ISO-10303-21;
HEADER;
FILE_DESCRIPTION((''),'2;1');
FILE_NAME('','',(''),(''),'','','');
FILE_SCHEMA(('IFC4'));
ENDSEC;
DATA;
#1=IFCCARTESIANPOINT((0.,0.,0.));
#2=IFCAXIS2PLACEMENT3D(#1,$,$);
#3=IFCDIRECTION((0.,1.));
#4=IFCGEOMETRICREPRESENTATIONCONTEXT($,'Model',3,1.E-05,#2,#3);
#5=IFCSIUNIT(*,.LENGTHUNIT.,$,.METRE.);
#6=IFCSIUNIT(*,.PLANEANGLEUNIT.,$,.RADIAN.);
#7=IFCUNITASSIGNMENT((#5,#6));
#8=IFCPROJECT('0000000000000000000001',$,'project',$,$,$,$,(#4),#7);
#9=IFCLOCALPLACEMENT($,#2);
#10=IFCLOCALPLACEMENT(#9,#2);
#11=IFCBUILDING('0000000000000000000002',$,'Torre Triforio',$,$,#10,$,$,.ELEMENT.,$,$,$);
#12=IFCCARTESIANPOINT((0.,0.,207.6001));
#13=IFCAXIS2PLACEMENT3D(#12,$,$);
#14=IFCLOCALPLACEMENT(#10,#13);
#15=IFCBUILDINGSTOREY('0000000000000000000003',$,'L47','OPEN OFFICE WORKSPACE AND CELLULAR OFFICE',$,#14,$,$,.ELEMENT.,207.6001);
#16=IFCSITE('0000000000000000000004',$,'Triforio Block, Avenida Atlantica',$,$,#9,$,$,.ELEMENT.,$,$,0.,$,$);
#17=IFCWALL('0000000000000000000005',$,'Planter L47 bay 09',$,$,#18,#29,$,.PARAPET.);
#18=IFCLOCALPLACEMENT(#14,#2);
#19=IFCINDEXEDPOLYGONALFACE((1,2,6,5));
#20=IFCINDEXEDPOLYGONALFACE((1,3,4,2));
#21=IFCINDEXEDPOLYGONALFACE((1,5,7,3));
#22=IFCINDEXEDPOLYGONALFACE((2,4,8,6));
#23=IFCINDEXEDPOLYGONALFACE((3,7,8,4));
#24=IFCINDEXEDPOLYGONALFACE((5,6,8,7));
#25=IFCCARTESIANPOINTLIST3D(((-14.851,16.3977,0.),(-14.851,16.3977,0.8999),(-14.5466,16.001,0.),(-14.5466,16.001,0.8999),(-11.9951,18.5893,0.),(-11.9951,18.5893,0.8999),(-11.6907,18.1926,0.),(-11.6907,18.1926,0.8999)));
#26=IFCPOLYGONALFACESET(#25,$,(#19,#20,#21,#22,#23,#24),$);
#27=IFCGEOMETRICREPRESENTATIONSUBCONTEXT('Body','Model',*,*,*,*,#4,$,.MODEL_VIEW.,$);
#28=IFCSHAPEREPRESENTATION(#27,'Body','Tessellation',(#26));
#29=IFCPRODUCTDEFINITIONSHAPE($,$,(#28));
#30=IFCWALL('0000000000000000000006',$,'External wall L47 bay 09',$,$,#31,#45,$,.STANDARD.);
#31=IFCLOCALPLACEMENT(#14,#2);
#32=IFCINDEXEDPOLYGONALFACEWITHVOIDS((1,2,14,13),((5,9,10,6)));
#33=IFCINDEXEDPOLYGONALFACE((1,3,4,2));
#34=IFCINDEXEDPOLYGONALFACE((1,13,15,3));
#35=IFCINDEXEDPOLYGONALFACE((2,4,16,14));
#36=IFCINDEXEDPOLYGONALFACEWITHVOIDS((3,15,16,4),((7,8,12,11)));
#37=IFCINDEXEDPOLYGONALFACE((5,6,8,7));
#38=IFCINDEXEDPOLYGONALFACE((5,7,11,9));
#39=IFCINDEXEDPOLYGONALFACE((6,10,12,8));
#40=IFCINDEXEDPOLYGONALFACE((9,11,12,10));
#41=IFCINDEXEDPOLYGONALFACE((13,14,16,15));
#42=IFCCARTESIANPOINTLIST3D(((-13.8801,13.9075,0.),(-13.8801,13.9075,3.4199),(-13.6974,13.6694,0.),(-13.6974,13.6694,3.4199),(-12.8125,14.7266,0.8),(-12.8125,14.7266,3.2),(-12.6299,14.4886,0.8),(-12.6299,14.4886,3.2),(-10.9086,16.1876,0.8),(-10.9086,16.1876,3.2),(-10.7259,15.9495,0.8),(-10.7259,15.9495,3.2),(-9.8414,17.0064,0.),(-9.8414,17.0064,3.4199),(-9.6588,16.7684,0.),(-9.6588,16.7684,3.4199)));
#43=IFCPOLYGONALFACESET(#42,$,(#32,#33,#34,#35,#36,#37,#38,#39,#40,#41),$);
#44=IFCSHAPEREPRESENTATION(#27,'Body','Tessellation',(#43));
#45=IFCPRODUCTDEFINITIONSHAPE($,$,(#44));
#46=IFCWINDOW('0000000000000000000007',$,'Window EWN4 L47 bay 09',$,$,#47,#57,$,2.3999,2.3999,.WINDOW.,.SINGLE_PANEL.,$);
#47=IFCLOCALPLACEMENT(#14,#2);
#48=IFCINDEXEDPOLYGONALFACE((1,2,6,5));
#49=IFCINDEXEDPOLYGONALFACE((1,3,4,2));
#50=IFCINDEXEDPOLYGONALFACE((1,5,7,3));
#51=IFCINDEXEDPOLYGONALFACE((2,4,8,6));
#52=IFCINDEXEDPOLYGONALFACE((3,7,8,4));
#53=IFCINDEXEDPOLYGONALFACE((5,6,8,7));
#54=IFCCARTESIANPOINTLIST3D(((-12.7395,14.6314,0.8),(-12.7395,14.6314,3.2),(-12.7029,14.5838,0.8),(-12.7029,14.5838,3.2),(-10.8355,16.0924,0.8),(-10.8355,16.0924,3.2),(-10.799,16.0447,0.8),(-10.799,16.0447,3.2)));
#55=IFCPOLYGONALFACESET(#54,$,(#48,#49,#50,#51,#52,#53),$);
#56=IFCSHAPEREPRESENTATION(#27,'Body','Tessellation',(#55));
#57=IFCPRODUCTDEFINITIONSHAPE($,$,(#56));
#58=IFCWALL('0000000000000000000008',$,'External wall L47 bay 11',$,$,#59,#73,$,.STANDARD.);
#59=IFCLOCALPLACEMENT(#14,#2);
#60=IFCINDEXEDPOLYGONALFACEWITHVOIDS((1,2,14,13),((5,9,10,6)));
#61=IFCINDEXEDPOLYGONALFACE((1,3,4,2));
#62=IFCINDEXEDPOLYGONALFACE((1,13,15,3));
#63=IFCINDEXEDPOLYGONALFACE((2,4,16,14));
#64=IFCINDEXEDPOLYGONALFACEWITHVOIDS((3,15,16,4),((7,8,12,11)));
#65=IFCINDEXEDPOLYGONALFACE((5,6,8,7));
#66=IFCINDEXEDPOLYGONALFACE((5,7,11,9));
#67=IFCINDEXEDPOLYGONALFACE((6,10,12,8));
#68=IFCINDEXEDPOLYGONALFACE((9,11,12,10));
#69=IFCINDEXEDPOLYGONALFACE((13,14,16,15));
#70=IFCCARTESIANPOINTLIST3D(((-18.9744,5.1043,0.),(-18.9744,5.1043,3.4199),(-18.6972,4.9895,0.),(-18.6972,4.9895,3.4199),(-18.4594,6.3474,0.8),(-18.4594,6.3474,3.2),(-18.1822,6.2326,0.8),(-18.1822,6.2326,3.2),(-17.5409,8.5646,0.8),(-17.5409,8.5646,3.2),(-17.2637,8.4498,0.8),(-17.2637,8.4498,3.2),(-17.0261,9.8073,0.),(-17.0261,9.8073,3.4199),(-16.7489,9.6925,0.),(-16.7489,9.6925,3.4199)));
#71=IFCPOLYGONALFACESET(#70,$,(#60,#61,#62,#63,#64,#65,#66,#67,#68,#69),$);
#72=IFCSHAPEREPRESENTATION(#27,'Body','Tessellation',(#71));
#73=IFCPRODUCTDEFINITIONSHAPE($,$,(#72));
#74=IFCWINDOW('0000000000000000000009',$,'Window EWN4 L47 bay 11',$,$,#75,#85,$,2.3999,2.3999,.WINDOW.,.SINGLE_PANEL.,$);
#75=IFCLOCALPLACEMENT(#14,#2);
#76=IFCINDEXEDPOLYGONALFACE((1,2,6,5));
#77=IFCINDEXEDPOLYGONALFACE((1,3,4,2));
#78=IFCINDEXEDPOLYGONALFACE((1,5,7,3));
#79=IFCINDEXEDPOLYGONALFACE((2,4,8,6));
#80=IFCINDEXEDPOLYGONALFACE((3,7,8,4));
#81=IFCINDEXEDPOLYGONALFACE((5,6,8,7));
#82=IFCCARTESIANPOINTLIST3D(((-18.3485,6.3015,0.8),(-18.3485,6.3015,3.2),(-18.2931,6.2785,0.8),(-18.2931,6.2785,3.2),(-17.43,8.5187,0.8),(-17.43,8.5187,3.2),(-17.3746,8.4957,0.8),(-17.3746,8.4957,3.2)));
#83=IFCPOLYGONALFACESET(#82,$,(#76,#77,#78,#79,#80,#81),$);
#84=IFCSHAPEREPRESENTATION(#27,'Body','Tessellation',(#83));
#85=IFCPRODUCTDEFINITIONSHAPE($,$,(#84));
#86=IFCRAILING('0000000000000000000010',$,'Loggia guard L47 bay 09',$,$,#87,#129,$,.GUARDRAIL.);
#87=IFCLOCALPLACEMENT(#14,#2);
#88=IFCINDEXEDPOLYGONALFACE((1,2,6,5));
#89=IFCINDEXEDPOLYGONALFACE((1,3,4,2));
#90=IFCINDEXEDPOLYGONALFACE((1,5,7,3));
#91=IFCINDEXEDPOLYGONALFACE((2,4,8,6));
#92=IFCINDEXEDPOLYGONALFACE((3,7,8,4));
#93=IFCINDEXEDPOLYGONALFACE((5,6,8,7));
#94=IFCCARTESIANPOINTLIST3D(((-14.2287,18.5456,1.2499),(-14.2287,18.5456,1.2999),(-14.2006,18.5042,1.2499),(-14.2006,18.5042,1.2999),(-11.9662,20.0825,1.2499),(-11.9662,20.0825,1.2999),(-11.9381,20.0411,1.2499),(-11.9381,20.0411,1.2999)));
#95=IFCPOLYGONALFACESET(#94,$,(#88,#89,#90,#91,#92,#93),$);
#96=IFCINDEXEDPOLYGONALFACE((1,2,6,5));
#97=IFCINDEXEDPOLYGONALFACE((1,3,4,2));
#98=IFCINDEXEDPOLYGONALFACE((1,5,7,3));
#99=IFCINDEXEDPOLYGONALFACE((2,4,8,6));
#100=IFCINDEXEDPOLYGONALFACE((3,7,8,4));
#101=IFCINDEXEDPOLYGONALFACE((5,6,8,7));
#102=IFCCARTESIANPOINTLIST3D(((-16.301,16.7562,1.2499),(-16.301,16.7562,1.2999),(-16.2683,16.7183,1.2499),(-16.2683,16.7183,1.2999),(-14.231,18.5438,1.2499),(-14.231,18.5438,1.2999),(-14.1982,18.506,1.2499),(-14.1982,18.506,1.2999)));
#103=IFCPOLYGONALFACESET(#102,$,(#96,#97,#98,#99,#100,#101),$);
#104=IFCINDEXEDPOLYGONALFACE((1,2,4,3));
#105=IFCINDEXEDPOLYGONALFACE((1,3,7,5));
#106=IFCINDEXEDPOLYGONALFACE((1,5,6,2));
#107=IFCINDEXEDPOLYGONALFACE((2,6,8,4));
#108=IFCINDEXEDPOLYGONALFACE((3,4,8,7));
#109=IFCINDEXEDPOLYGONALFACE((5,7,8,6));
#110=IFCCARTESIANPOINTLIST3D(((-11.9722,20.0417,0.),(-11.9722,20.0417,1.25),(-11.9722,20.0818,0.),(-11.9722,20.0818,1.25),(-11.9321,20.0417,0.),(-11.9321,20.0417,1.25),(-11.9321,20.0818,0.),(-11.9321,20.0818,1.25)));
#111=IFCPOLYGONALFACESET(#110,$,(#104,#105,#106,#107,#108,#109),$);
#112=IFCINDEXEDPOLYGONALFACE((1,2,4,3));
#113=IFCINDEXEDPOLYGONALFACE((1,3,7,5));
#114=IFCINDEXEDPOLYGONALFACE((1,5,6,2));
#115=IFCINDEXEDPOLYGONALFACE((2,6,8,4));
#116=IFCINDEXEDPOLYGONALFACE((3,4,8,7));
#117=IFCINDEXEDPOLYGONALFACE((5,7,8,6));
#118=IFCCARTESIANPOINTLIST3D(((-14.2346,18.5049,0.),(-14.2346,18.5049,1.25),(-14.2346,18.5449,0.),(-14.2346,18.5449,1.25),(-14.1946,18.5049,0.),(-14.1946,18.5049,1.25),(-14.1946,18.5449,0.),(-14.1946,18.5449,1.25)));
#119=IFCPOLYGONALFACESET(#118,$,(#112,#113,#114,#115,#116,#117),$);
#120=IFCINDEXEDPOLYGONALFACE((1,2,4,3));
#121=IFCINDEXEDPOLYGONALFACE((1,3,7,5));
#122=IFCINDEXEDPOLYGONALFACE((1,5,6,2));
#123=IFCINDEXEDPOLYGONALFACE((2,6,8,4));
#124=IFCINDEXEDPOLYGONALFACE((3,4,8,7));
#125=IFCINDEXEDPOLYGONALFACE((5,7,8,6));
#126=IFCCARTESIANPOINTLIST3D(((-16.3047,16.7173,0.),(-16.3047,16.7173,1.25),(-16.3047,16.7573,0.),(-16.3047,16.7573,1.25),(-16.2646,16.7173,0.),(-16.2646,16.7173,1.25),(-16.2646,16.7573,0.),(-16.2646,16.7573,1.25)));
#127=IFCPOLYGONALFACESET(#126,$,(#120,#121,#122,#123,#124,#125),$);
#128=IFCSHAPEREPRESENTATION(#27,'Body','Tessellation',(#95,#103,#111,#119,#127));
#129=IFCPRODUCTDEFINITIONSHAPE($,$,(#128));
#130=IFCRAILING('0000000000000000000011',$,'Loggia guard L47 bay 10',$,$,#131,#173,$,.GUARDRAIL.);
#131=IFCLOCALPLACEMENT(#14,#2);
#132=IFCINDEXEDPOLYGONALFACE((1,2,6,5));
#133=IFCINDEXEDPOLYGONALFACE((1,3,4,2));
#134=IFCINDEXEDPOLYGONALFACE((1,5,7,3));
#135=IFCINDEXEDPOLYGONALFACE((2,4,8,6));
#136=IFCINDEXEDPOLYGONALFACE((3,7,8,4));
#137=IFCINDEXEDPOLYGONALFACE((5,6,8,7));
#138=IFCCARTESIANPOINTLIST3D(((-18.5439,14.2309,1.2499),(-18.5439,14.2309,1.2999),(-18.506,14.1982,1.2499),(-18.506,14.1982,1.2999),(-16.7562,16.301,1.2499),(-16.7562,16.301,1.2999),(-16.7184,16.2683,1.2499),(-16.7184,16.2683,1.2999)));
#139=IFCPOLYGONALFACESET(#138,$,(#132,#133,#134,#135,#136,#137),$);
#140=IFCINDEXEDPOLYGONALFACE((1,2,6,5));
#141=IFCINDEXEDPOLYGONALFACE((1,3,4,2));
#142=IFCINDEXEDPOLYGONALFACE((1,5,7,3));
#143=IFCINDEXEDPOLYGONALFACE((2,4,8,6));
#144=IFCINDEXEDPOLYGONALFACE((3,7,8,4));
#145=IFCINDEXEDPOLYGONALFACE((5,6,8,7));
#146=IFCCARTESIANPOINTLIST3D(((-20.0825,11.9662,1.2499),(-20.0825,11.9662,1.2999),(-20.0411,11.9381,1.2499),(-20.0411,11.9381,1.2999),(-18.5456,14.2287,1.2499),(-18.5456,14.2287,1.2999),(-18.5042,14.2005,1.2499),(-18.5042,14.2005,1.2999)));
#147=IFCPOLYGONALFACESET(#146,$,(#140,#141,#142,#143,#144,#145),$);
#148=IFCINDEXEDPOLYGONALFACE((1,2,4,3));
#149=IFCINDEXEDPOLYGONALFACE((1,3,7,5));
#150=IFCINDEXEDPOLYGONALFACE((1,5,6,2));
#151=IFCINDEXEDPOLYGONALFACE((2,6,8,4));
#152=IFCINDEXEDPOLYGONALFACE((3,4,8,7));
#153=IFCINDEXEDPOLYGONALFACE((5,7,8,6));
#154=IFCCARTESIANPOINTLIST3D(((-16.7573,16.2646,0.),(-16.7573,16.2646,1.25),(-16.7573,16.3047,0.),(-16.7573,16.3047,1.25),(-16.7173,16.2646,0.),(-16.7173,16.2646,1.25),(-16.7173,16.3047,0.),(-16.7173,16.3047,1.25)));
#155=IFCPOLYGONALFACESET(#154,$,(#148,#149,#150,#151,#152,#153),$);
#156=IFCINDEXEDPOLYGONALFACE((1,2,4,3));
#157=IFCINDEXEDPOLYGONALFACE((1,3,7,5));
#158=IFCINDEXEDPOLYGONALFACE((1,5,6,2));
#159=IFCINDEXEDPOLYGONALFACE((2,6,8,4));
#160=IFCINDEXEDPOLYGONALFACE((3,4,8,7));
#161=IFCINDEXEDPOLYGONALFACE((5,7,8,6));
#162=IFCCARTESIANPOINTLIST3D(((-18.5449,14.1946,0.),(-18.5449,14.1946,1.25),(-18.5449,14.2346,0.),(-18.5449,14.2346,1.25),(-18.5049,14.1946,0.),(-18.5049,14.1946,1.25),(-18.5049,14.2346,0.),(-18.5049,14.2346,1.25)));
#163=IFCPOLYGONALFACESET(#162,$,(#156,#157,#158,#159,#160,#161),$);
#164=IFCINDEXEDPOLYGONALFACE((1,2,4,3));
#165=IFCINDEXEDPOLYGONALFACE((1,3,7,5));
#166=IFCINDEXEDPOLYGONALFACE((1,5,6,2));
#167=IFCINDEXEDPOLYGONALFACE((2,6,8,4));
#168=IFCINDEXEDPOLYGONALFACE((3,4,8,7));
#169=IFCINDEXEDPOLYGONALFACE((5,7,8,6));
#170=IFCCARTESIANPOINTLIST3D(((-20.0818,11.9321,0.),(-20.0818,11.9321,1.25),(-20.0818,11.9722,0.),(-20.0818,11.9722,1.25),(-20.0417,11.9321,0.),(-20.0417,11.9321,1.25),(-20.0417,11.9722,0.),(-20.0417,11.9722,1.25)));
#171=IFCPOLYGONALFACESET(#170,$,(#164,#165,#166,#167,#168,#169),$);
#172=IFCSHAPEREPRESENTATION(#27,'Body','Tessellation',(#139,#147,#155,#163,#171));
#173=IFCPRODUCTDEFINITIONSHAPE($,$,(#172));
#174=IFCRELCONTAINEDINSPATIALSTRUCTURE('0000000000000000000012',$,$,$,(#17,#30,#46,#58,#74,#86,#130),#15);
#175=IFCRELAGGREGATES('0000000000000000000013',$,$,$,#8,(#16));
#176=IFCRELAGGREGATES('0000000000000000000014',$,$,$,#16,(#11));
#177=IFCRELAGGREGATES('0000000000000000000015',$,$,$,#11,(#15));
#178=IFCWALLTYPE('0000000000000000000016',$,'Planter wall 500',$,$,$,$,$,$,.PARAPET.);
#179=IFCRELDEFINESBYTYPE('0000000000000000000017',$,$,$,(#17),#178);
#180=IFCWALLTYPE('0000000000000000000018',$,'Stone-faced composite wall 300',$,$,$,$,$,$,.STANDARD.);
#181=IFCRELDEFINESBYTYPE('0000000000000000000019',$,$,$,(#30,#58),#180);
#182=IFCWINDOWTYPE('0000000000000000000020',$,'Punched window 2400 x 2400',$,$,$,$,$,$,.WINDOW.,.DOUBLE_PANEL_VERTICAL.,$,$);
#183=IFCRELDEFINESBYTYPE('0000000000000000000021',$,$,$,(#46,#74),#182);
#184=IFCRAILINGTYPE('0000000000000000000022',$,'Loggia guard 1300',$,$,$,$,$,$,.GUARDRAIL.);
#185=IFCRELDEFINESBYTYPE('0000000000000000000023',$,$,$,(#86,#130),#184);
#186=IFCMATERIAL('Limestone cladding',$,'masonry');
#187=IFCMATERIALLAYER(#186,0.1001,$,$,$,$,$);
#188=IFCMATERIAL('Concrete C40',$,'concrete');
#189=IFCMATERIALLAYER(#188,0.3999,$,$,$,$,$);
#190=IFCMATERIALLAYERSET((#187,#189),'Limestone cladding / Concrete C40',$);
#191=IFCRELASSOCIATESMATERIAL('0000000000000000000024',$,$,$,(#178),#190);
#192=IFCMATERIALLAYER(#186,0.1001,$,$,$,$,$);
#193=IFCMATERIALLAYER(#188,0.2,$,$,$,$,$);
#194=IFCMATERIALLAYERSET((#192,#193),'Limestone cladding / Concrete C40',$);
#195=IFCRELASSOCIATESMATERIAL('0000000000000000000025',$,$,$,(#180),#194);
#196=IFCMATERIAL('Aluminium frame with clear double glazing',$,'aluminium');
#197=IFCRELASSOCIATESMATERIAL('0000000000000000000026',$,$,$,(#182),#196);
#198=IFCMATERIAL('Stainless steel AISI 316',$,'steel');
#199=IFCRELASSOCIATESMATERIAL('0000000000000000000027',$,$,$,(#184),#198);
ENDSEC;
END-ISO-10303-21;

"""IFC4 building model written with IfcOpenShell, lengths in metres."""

from ifc_helpers import new_model, si_unit, direction, frame, frame_2d, origin, origin_2d, place, context, subcontext, project, spatial, rectangle, extrude, material, layer, layer_set, type_object, element, fill, save


model = new_model("IFC4")

# Units and contexts
model_context = context("Model", 3, precision=1e-05, world=origin(), true_north=direction((0.0, 1.0)))
body_context = subcontext(model_context, "Body", "Model", "MODEL_VIEW")
ifc_project = project(units=[si_unit("LENGTHUNIT", "METRE"), si_unit("PLANEANGLEUNIT", "RADIAN")], contexts=[model_context])

# Site, building, storey
site_placement = place(None, origin())
site = spatial("IfcSite", under=ifc_project, at=site_placement, Name="Triforio Block, Avenida Atlantica", CompositionType="ELEMENT", RefElevation=0.0)
building_placement = place(site_placement, origin())
building = spatial("IfcBuilding", under=site, at=building_placement, Name="Torre Triforio", CompositionType="ELEMENT")
storey_placement = place(building_placement, frame((0.0, 0.0, 207.6001)))
storey = spatial("IfcBuildingStorey", under=building, at=storey_placement, Name="L47", Description="OPEN OFFICE WORKSPACE AND CELLULAR OFFICE", CompositionType="ELEMENT", Elevation=207.6001)

# Shared definitions
ifc_material_1 = material(Name="Concrete C40", Category="concrete")

# Wall
ifc_material_2 = material(Name="Limestone cladding", Category="masonry")
ifc_layer_1 = layer(ifc_material_2, 0.1001)
ifc_layer_2 = layer(ifc_material_1, 0.3999)
ifc_layer_set_1 = layer_set([ifc_layer_1, ifc_layer_2], Name="Limestone cladding / Concrete C40")
wall_type_1 = type_object("IfcWallType", Name="Planter wall 500", PredefinedType="PARAPET", material=ifc_layer_set_1)
wall_1_placement = place(storey_placement, frame((-11.843, 18.3909, 0.0), z_axis=(0.0, 0.0, 1.0), x_axis=(-0.793327, -0.608796, 0.0)))
element("IfcWall", 1, at=wall_1_placement, inside=storey, type_object=wall_type_1, Name="Planter L47 bay 09", PredefinedType="PARAPET", context=body_context, shape_type="SweptSolid", body=[
    extrude(rectangle(XDim=3.5999, YDim=0.5, at=frame_2d((1.7998, 0.0))), origin(), (0.0, 0.0, 1.0), 0.8999),
])

# Wall, opening, window
ifc_layer_3 = layer(ifc_material_2, 0.1001)
ifc_layer_4 = layer(ifc_material_1, 0.2)
ifc_layer_set_2 = layer_set([ifc_layer_3, ifc_layer_4], Name="Limestone cladding / Concrete C40")
wall_type_2 = type_object("IfcWallType", Name="Stone-faced composite wall 300", PredefinedType="STANDARD", material=ifc_layer_set_2)
wall_2_placement = place(storey_placement, frame((-9.75, 16.8875, 0.0), z_axis=(0.0, 0.0, 1.0), x_axis=(-0.793356, -0.608758, 0.0)))
wall_2 = element("IfcWall", 2, at=wall_2_placement, inside=storey, type_object=wall_type_2, Name="External wall L47 bay 09", PredefinedType="STANDARD", context=body_context, shape_type="SweptSolid", body=[
    extrude(rectangle(XDim=5.0906, YDim=0.3, at=frame_2d((2.5454, 0.0))), origin(), (0.0, 0.0, 1.0), 3.4199),
])
opening_1_placement = place(wall_2_placement, frame((1.3452, 0.0, 0.8)))
opening_1 = element("IfcOpeningElement", 3, at=opening_1_placement, cuts=wall_2, PredefinedType="OPENING", context=body_context, shape_type="SweptSolid", body=[
    extrude(rectangle(XDim=2.3999, YDim=2.3999, at=frame_2d((1.2, 1.2))), frame((0.0, 0.1599, 0.0), z_axis=(0.0, -1.0, 0.0), x_axis=(1.0, 0.0, 0.0)), (0.0, 0.0, 1.0), 0.3201),
])
ifc_material_3 = material(Name="Aluminium frame with clear double glazing", Category="aluminium")
window_type_1 = type_object("IfcWindowType", Name="Punched window 2400 x 2400", PartitioningType="DOUBLE_PANEL_VERTICAL", PredefinedType="WINDOW", material=ifc_material_3)
window_1_placement = place(opening_1_placement, origin())
window_1 = element("IfcWindow", 4, at=window_1_placement, inside=storey, type_object=window_type_1, Name="Window EWN4 L47 bay 09", OverallHeight=2.3999, OverallWidth=2.3999, PartitioningType="SINGLE_PANEL", PredefinedType="WINDOW", context=body_context, shape_type="SweptSolid", body=[
    extrude(rectangle(XDim=2.3999, YDim=2.3999, at=frame_2d((1.2, 1.2))), frame((0.0, 0.03, 0.0), z_axis=(0.0, -1.0, 0.0), x_axis=(1.0, 0.0, 0.0)), (0.0, 0.0, 1.0), 0.0601),
])
fill(opening_1, window_1)

# Wall, opening, window
wall_3_placement = place(storey_placement, frame((-16.8875, 9.75, 0.0), z_axis=(0.0, 0.0, 1.0), x_axis=(-0.382725, -0.923863, 0.0)))
wall_3 = element("IfcWall", 5, at=wall_3_placement, inside=storey, type_object=wall_type_2, Name="External wall L47 bay 11", PredefinedType="STANDARD", context=body_context, shape_type="SweptSolid", body=[
    extrude(rectangle(XDim=5.0906, YDim=0.3, at=frame_2d((2.5454, 0.0))), origin(), (0.0, 0.0, 1.0), 3.4199),
])
opening_2_placement = place(wall_3_placement, frame((1.3452, 0.0, 0.8)))
opening_2 = element("IfcOpeningElement", 6, at=opening_2_placement, cuts=wall_3, PredefinedType="OPENING", context=body_context, shape_type="SweptSolid", body=[
    extrude(rectangle(XDim=2.3999, YDim=2.3999, at=frame_2d((1.2, 1.2))), frame((0.0, 0.1599, 0.0), z_axis=(0.0, -1.0, 0.0), x_axis=(1.0, 0.0, 0.0)), (0.0, 0.0, 1.0), 0.3201),
])
window_2_placement = place(opening_2_placement, origin())
window_2 = element("IfcWindow", 7, at=window_2_placement, inside=storey, type_object=window_type_1, Name="Window EWN4 L47 bay 11", OverallHeight=2.3999, OverallWidth=2.3999, PartitioningType="SINGLE_PANEL", PredefinedType="WINDOW", context=body_context, shape_type="SweptSolid", body=[
    extrude(rectangle(XDim=2.3999, YDim=2.3999, at=frame_2d((1.2, 1.2))), frame((0.0, 0.03, 0.0), z_axis=(0.0, -1.0, 0.0), x_axis=(1.0, 0.0, 0.0)), (0.0, 0.0, 1.0), 0.0601),
])
fill(opening_2, window_2)

# Railings
ifc_material_4 = material(Name="Stainless steel AISI 316", Category="steel")
railing_type = type_object("IfcRailingType", Name="Loggia guard 1300", PredefinedType="GUARDRAIL", material=ifc_material_4)
railing_1_placement = place(storey_placement, frame((-11.9521, 20.0618, 0.0)))
element("IfcRailing", 8, at=railing_1_placement, inside=storey, type_object=railing_type, Name="Loggia guard L47 bay 09", PredefinedType="GUARDRAIL", context=body_context, shape_type="SweptSolid", body=[
    extrude(rectangle(XDim=0.05, YDim=0.05, at=origin_2d()), frame((0.0, 0.0, 1.2749), z_axis=(-0.827199, -0.56191, 0.0), x_axis=(0.56191, -0.827199, 0.0)), (0.0, 0.0, 1.0), 2.7351),
    extrude(rectangle(XDim=0.05, YDim=0.05, at=origin_2d()), frame((-2.2625, -1.5369, 1.2749), z_axis=(-0.756857, -0.65358, 0.0), x_axis=(0.65358, -0.756857, 0.0)), (0.0, 0.0, 1.0), 2.7351),
    extrude(rectangle(XDim=0.04, YDim=0.04, at=origin_2d()), origin(), (0.0, 0.0, 1.0), 1.25),
    extrude(rectangle(XDim=0.04, YDim=0.04, at=origin_2d()), frame((-2.2625, -1.5369, 0.0)), (0.0, 0.0, 1.0), 1.25),
    extrude(rectangle(XDim=0.04, YDim=0.04, at=origin_2d()), frame((-4.3325, -3.3245, 0.0)), (0.0, 0.0, 1.0), 1.25),
])
railing_2_placement = place(storey_placement, frame((-16.7373, 16.2847, 0.0)))
element("IfcRailing", 9, at=railing_2_placement, inside=storey, type_object=railing_type, Name="Loggia guard L47 bay 10", PredefinedType="GUARDRAIL", context=body_context, shape_type="SweptSolid", body=[
    extrude(rectangle(XDim=0.05, YDim=0.05, at=origin_2d()), frame((0.0, 0.0, 1.2749), z_axis=(-0.65358, -0.756857, 0.0), x_axis=(0.756857, -0.65358, 0.0)), (0.0, 0.0, 1.0), 2.7351),
    extrude(rectangle(XDim=0.05, YDim=0.05, at=origin_2d()), frame((-1.7876, -2.0701, 1.2749), z_axis=(-0.56191, -0.827199, 0.0), x_axis=(0.827199, -0.56191, 0.0)), (0.0, 0.0, 1.0), 2.7351),
    extrude(rectangle(XDim=0.04, YDim=0.04, at=origin_2d()), origin(), (0.0, 0.0, 1.0), 1.25),
    extrude(rectangle(XDim=0.04, YDim=0.04, at=origin_2d()), frame((-1.7876, -2.0701, 0.0)), (0.0, 0.0, 1.0), 1.25),
    extrude(rectangle(XDim=0.04, YDim=0.04, at=origin_2d()), frame((-3.3245, -4.3325, 0.0)), (0.0, 0.0, 1.0), 1.25),
])

save(model, "model.ifc")
